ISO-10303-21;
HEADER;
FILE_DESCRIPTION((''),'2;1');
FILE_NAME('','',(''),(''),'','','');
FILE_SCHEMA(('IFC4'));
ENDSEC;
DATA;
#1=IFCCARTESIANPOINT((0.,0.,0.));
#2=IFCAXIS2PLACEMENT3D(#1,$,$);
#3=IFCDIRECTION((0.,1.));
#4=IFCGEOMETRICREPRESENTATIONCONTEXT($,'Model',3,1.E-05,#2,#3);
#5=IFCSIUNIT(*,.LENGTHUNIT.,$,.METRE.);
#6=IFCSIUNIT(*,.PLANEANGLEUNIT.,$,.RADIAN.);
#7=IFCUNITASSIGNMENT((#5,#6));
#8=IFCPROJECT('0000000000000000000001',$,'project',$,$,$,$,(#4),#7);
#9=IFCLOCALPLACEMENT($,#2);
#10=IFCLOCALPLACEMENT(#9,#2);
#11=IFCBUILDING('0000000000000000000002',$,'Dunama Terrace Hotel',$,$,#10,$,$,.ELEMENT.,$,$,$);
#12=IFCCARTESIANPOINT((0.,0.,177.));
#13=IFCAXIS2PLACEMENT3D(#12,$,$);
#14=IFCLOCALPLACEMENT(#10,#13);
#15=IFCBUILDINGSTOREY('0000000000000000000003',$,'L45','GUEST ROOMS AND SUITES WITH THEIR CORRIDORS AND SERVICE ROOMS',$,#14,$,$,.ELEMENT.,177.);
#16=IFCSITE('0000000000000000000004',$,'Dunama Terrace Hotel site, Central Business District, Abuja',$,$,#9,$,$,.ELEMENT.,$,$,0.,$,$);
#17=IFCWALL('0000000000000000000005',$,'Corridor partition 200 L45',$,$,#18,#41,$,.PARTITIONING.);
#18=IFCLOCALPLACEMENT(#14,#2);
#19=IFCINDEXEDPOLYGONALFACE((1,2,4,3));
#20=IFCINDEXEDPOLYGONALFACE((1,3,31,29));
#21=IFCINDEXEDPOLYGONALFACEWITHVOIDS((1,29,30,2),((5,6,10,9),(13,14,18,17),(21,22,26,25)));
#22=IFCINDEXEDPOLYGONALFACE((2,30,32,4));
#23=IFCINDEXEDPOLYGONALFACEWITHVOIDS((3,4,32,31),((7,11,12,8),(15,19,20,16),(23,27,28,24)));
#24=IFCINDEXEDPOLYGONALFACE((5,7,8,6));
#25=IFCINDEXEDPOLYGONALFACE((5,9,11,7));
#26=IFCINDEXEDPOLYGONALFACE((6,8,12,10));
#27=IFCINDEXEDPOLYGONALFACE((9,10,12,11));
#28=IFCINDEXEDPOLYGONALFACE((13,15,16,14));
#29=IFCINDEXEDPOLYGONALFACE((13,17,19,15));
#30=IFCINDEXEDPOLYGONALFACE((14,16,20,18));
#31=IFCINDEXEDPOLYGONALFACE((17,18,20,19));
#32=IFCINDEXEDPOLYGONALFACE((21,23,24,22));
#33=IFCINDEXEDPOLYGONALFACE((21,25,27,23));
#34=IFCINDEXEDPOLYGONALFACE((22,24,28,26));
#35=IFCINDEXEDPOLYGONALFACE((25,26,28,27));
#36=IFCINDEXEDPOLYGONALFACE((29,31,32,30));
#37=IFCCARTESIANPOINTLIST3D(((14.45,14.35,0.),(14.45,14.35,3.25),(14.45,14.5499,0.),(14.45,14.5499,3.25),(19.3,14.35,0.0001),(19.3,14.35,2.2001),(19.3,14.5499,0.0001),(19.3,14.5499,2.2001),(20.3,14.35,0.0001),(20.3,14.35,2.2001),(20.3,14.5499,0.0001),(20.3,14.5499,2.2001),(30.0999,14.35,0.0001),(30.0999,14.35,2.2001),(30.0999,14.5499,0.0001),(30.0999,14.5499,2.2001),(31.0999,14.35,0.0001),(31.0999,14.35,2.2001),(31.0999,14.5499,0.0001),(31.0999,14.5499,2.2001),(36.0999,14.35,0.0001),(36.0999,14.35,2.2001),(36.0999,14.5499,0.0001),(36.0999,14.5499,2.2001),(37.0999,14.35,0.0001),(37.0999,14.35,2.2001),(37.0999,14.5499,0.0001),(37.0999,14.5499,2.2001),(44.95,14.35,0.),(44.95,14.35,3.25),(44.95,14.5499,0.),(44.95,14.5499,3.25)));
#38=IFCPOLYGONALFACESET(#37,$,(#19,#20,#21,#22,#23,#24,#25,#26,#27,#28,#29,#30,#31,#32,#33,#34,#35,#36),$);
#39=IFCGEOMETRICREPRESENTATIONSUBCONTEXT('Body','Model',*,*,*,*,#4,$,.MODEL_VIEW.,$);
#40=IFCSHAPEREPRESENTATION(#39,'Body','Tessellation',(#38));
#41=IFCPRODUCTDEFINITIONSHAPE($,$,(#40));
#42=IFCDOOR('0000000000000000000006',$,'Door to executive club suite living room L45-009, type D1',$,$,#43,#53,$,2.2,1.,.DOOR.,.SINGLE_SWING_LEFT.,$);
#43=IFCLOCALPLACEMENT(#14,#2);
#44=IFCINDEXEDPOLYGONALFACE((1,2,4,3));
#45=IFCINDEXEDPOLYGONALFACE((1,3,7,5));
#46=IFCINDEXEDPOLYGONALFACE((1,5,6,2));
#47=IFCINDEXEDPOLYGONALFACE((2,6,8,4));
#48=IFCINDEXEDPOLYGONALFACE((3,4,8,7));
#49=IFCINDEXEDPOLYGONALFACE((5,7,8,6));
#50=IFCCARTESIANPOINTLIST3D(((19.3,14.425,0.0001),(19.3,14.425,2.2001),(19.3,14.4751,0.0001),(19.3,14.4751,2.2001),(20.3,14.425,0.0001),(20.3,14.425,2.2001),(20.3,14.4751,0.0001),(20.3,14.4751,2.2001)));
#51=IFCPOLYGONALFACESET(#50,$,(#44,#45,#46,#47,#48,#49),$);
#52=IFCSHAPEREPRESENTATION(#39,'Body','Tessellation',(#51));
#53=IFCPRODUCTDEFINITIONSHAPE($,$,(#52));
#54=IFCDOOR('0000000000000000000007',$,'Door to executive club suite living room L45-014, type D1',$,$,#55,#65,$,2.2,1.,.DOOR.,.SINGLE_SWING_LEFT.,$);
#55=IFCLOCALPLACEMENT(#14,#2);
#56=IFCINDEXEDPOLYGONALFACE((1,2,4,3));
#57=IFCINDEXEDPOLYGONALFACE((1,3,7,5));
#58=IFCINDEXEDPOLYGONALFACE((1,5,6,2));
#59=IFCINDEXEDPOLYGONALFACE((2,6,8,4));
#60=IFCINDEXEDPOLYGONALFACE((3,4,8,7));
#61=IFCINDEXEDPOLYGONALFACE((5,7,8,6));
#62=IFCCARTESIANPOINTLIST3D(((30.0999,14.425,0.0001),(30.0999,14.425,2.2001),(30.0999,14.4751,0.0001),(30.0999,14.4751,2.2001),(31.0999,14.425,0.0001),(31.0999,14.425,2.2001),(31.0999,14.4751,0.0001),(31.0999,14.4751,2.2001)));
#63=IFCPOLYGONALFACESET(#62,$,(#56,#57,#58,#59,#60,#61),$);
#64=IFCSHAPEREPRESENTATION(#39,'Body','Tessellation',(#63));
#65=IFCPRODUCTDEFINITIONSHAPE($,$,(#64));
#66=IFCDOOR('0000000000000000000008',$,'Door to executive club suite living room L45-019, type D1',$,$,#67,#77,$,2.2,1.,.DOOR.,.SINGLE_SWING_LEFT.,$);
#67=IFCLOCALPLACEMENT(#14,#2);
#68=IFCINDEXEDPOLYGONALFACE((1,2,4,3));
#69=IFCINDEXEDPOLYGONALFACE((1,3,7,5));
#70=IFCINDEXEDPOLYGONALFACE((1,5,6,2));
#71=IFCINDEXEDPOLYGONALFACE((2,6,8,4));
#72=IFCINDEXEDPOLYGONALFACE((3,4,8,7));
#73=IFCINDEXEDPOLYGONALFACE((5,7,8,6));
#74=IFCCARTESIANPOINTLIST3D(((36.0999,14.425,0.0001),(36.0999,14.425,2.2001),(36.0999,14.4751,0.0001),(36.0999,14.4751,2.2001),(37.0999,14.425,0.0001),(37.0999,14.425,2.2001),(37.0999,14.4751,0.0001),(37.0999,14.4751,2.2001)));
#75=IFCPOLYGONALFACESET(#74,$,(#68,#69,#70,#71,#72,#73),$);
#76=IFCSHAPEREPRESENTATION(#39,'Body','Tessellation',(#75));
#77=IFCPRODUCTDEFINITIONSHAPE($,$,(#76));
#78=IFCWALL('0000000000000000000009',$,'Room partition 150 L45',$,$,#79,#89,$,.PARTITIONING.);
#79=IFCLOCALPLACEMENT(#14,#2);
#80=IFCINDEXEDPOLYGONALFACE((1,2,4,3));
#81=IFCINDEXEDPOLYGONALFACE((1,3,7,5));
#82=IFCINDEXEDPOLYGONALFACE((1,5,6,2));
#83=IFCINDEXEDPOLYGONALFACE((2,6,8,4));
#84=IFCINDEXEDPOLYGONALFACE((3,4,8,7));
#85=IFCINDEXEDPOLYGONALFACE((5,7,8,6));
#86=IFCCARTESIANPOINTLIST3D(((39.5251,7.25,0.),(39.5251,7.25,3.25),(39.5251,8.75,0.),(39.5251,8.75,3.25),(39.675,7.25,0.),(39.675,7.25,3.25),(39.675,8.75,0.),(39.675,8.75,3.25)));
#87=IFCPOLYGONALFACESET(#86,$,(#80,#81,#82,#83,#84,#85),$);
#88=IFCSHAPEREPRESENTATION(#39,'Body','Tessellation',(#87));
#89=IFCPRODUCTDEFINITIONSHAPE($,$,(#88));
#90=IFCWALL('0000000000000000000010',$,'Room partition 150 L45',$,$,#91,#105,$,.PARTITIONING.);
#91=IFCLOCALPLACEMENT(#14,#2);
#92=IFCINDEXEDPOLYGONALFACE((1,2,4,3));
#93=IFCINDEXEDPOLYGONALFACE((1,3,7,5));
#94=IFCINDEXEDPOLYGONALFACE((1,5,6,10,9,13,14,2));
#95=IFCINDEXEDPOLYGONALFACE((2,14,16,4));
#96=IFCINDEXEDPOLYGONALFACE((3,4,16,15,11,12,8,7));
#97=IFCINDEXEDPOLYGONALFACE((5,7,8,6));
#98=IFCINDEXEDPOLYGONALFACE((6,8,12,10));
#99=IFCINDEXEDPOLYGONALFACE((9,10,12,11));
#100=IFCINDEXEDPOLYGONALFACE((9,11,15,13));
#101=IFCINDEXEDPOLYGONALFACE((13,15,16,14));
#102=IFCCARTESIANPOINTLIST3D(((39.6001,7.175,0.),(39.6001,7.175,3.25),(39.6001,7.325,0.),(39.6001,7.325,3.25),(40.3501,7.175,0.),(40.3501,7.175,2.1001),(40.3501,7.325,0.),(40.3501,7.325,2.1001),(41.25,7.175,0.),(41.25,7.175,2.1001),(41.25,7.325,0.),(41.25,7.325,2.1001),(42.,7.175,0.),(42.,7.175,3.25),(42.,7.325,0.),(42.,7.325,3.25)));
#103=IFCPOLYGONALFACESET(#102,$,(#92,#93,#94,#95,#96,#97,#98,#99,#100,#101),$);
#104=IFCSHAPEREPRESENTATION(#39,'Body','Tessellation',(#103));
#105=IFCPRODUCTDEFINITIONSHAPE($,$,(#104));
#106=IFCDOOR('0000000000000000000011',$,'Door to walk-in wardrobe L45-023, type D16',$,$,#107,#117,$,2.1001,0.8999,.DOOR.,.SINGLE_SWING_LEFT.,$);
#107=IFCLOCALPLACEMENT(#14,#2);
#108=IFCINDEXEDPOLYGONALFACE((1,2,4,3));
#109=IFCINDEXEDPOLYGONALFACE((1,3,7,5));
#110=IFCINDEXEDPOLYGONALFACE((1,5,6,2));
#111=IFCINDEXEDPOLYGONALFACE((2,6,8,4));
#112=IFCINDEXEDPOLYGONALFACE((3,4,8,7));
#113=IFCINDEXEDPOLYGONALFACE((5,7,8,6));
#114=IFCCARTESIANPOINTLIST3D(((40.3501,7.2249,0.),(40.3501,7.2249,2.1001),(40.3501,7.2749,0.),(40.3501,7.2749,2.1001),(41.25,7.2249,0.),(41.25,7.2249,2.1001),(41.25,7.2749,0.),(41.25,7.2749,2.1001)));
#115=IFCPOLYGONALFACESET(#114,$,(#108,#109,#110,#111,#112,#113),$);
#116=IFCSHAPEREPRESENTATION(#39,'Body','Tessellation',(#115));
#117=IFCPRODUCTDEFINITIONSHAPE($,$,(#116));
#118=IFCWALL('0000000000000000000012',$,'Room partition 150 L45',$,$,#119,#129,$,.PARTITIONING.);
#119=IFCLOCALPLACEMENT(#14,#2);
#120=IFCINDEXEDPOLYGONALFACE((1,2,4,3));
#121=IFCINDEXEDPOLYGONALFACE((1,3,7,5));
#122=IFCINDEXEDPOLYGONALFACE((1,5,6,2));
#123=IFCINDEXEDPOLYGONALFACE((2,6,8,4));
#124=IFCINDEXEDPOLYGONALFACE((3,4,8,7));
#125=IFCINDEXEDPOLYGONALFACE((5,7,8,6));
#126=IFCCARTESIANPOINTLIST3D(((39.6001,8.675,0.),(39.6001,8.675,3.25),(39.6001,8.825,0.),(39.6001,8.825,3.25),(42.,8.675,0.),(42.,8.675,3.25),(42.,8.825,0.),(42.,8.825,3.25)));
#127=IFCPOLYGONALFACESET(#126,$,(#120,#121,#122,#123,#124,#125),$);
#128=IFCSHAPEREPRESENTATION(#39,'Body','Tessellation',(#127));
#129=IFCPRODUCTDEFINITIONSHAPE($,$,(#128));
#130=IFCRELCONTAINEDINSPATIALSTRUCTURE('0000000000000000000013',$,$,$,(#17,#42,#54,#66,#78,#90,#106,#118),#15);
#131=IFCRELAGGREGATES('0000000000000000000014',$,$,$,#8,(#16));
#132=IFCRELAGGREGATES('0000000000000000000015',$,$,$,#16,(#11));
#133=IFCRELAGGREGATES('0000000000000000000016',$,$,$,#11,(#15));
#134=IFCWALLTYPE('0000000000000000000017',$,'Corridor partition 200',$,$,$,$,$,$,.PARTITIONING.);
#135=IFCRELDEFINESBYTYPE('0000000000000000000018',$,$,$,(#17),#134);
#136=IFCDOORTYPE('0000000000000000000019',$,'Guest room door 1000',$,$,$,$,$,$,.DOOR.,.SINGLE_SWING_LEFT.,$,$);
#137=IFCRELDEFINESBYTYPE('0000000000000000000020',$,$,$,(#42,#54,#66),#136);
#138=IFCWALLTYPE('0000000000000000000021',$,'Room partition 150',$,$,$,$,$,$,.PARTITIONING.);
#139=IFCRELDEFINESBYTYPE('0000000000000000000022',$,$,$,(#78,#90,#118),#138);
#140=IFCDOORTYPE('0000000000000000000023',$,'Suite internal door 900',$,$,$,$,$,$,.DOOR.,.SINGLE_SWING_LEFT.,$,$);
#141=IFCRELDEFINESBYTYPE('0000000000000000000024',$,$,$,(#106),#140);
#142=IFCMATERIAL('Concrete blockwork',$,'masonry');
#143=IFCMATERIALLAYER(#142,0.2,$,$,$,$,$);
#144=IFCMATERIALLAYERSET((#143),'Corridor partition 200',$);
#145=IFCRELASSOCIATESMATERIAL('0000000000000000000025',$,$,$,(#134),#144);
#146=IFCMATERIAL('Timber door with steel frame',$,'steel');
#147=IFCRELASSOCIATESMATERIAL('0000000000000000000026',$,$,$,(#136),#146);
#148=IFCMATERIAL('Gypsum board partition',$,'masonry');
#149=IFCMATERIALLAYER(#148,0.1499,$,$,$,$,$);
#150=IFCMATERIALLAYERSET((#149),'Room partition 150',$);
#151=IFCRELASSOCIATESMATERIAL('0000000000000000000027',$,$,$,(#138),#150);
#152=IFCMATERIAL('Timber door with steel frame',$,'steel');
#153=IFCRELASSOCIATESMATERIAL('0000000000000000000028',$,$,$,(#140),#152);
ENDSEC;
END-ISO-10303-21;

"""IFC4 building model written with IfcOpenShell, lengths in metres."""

from ifc_helpers import new_model, si_unit, direction, frame, frame_2d, origin, place, context, subcontext, project, spatial, rectangle, extrude, material, layer, layer_set, type_object, element, fill, save


model = new_model("IFC4")

# Units and contexts
model_context = context("Model", 3, precision=1e-05, world=origin(), true_north=direction((0.0, 1.0)))
body_context = subcontext(model_context, "Body", "Model", "MODEL_VIEW")
ifc_project = project(units=[si_unit("LENGTHUNIT", "METRE"), si_unit("PLANEANGLEUNIT", "RADIAN")], contexts=[model_context])

# Site, building, storey
site_placement = place(None, origin())
site = spatial("IfcSite", under=ifc_project, at=site_placement, Name="Dunama Terrace Hotel site, Central Business District, Abuja", CompositionType="ELEMENT", RefElevation=0.0)
building_placement = place(site_placement, origin())
building = spatial("IfcBuilding", under=site, at=building_placement, Name="Dunama Terrace Hotel", CompositionType="ELEMENT")
storey_placement = place(building_placement, frame((0.0, 0.0, 177.0)))
storey = spatial("IfcBuildingStorey", under=building, at=storey_placement, Name="L45", Description="GUEST ROOMS AND SUITES WITH THEIR CORRIDORS AND SERVICE ROOMS", CompositionType="ELEMENT", Elevation=177.0)

# Wall, openings, doors
ifc_material_1 = material(Name="Concrete blockwork", Category="masonry")
ifc_layer_1 = layer(ifc_material_1, 0.2)
ifc_layer_set_1 = layer_set([ifc_layer_1], Name="Corridor partition 200")
wall_type_1 = type_object("IfcWallType", Name="Corridor partition 200", PredefinedType="PARTITIONING", material=ifc_layer_set_1)
wall_1_placement = place(storey_placement, frame((44.95, 14.45, 0.0), z_axis=(0.0, 0.0, 1.0), x_axis=(-1.0, 0.0, 0.0)))
wall_1 = element("IfcWall", 1, at=wall_1_placement, inside=storey, type_object=wall_type_1, Name="Corridor partition 200 L45", PredefinedType="PARTITIONING", context=body_context, shape_type="SweptSolid", body=[
    extrude(rectangle(XDim=30.5, YDim=0.2, at=frame_2d((15.25, 0.0))), origin(), (0.0, 0.0, 1.0), 3.25),
])
opening_1_placement = place(wall_1_placement, frame((24.6499, 0.0, 0.0)))
opening_1 = element("IfcOpeningElement", 2, at=opening_1_placement, cuts=wall_1, PredefinedType="OPENING", context=body_context, shape_type="SweptSolid", body=[
    extrude(rectangle(XDim=1.0, YDim=2.2, at=frame_2d((0.5, 1.1001))), frame((0.0, 0.1099, 0.0), z_axis=(0.0, -1.0, 0.0), x_axis=(1.0, 0.0, 0.0)), (0.0, 0.0, 1.0), 0.22),
])
opening_2_placement = place(wall_1_placement, frame((13.8501, 0.0, 0.0)))
opening_2 = element("IfcOpeningElement", 3, at=opening_2_placement, cuts=wall_1, PredefinedType="OPENING", context=body_context, shape_type="SweptSolid", body=[
    extrude(rectangle(XDim=1.0, YDim=2.2, at=frame_2d((0.5, 1.1001))), frame((0.0, 0.1099, 0.0), z_axis=(0.0, -1.0, 0.0), x_axis=(1.0, 0.0, 0.0)), (0.0, 0.0, 1.0), 0.22),
])
opening_3_placement = place(wall_1_placement, frame((7.8501, 0.0, 0.0)))
opening_3 = element("IfcOpeningElement", 4, at=opening_3_placement, cuts=wall_1, PredefinedType="OPENING", context=body_context, shape_type="SweptSolid", body=[
    extrude(rectangle(XDim=1.0, YDim=2.2, at=frame_2d((0.5, 1.1001))), frame((0.0, 0.1099, 0.0), z_axis=(0.0, -1.0, 0.0), x_axis=(1.0, 0.0, 0.0)), (0.0, 0.0, 1.0), 0.22),
])
ifc_material_2 = material(Name="Timber door with steel frame", Category="steel")
door_type_1 = type_object("IfcDoorType", Name="Guest room door 1000", OperationType="SINGLE_SWING_LEFT", PredefinedType="DOOR", material=ifc_material_2)
door_1_placement = place(opening_1_placement, origin())
door_1 = element("IfcDoor", 5, at=door_1_placement, inside=storey, type_object=door_type_1, Name="Door to executive club suite living room L45-009, type D1", OperationType="SINGLE_SWING_LEFT", OverallHeight=2.2, OverallWidth=1.0, PredefinedType="DOOR", context=body_context, shape_type="SweptSolid", body=[
    extrude(rectangle(XDim=1.0, YDim=2.2, at=frame_2d((0.5, 1.1001))), frame((0.0, 0.0249, 0.0), z_axis=(0.0, -1.0, 0.0), x_axis=(1.0, 0.0, 0.0)), (0.0, 0.0, 1.0), 0.05),
])
fill(opening_1, door_1)
door_2_placement = place(opening_2_placement, origin())
door_2 = element("IfcDoor", 6, at=door_2_placement, inside=storey, type_object=door_type_1, Name="Door to executive club suite living room L45-014, type D1", OperationType="SINGLE_SWING_LEFT", OverallHeight=2.2, OverallWidth=1.0, PredefinedType="DOOR", context=body_context, shape_type="SweptSolid", body=[
    extrude(rectangle(XDim=1.0, YDim=2.2, at=frame_2d((0.5, 1.1001))), frame((0.0, 0.0249, 0.0), z_axis=(0.0, -1.0, 0.0), x_axis=(1.0, 0.0, 0.0)), (0.0, 0.0, 1.0), 0.05),
])
fill(opening_2, door_2)
door_3_placement = place(opening_3_placement, origin())
door_3 = element("IfcDoor", 7, at=door_3_placement, inside=storey, type_object=door_type_1, Name="Door to executive club suite living room L45-019, type D1", OperationType="SINGLE_SWING_LEFT", OverallHeight=2.2, OverallWidth=1.0, PredefinedType="DOOR", context=body_context, shape_type="SweptSolid", body=[
    extrude(rectangle(XDim=1.0, YDim=2.2, at=frame_2d((0.5, 1.1001))), frame((0.0, 0.0249, 0.0), z_axis=(0.0, -1.0, 0.0), x_axis=(1.0, 0.0, 0.0)), (0.0, 0.0, 1.0), 0.05),
])
fill(opening_3, door_3)

# Wall
ifc_material_3 = material(Name="Gypsum board partition", Category="masonry")
ifc_layer_2 = layer(ifc_material_3, 0.1499)
ifc_layer_set_2 = layer_set([ifc_layer_2], Name="Room partition 150")
wall_type_2 = type_object("IfcWallType", Name="Room partition 150", PredefinedType="PARTITIONING", material=ifc_layer_set_2)
wall_2_placement = place(storey_placement, frame((39.6001, 7.25, 0.0), z_axis=(0.0, 0.0, 1.0), x_axis=(0.0, 1.0, 0.0)))
element("IfcWall", 8, at=wall_2_placement, inside=storey, type_object=wall_type_2, Name="Room partition 150 L45", PredefinedType="PARTITIONING", context=body_context, shape_type="SweptSolid", body=[
    extrude(rectangle(XDim=1.5, YDim=0.1499, at=frame_2d((0.75, 0.0))), origin(), (0.0, 0.0, 1.0), 3.25),
])

# Wall, opening, door
wall_3_placement = place(storey_placement, frame((39.6001, 7.25, 0.0), z_axis=(0.0, 0.0, 1.0), x_axis=(1.0, 0.0, 0.0)))
wall_3 = element("IfcWall", 9, at=wall_3_placement, inside=storey, type_object=wall_type_2, Name="Room partition 150 L45", PredefinedType="PARTITIONING", context=body_context, shape_type="SweptSolid", body=[
    extrude(rectangle(XDim=2.3999, YDim=0.1499, at=frame_2d((1.2, 0.0))), origin(), (0.0, 0.0, 1.0), 3.25),
])
opening_4_placement = place(wall_3_placement, frame((0.75, 0.0, 0.0)))
opening_4 = element("IfcOpeningElement", 10, at=opening_4_placement, cuts=wall_3, PredefinedType="OPENING", context=body_context, shape_type="SweptSolid", body=[
    extrude(rectangle(XDim=0.8999, YDim=2.1001, at=frame_2d((0.45, 1.05))), frame((0.0, 0.085, 0.0), z_axis=(0.0, -1.0, 0.0), x_axis=(1.0, 0.0, 0.0)), (0.0, 0.0, 1.0), 0.1699),
])
ifc_material_4 = material(Name="Timber door with steel frame", Category="steel")
door_type_2 = type_object("IfcDoorType", Name="Suite internal door 900", OperationType="SINGLE_SWING_LEFT", PredefinedType="DOOR", material=ifc_material_4)
door_4_placement = place(opening_4_placement, origin())
door_4 = element("IfcDoor", 11, at=door_4_placement, inside=storey, type_object=door_type_2, Name="Door to walk-in wardrobe L45-023, type D16", OperationType="SINGLE_SWING_LEFT", OverallHeight=2.1001, OverallWidth=0.8999, PredefinedType="DOOR", context=body_context, shape_type="SweptSolid", body=[
    extrude(rectangle(XDim=0.8999, YDim=2.1001, at=frame_2d((0.45, 1.05))), frame((0.0, 0.0249, 0.0), z_axis=(0.0, -1.0, 0.0), x_axis=(1.0, 0.0, 0.0)), (0.0, 0.0, 1.0), 0.05),
])
fill(opening_4, door_4)

# Wall
wall_4_placement = place(storey_placement, frame((39.6001, 8.75, 0.0), z_axis=(0.0, 0.0, 1.0), x_axis=(1.0, 0.0, 0.0)))
element("IfcWall", 12, at=wall_4_placement, inside=storey, type_object=wall_type_2, Name="Room partition 150 L45", PredefinedType="PARTITIONING", context=body_context, shape_type="SweptSolid", body=[
    extrude(rectangle(XDim=2.3999, YDim=0.1499, at=frame_2d((1.2, 0.0))), origin(), (0.0, 0.0, 1.0), 3.25),
])

save(model, "model.ifc")
